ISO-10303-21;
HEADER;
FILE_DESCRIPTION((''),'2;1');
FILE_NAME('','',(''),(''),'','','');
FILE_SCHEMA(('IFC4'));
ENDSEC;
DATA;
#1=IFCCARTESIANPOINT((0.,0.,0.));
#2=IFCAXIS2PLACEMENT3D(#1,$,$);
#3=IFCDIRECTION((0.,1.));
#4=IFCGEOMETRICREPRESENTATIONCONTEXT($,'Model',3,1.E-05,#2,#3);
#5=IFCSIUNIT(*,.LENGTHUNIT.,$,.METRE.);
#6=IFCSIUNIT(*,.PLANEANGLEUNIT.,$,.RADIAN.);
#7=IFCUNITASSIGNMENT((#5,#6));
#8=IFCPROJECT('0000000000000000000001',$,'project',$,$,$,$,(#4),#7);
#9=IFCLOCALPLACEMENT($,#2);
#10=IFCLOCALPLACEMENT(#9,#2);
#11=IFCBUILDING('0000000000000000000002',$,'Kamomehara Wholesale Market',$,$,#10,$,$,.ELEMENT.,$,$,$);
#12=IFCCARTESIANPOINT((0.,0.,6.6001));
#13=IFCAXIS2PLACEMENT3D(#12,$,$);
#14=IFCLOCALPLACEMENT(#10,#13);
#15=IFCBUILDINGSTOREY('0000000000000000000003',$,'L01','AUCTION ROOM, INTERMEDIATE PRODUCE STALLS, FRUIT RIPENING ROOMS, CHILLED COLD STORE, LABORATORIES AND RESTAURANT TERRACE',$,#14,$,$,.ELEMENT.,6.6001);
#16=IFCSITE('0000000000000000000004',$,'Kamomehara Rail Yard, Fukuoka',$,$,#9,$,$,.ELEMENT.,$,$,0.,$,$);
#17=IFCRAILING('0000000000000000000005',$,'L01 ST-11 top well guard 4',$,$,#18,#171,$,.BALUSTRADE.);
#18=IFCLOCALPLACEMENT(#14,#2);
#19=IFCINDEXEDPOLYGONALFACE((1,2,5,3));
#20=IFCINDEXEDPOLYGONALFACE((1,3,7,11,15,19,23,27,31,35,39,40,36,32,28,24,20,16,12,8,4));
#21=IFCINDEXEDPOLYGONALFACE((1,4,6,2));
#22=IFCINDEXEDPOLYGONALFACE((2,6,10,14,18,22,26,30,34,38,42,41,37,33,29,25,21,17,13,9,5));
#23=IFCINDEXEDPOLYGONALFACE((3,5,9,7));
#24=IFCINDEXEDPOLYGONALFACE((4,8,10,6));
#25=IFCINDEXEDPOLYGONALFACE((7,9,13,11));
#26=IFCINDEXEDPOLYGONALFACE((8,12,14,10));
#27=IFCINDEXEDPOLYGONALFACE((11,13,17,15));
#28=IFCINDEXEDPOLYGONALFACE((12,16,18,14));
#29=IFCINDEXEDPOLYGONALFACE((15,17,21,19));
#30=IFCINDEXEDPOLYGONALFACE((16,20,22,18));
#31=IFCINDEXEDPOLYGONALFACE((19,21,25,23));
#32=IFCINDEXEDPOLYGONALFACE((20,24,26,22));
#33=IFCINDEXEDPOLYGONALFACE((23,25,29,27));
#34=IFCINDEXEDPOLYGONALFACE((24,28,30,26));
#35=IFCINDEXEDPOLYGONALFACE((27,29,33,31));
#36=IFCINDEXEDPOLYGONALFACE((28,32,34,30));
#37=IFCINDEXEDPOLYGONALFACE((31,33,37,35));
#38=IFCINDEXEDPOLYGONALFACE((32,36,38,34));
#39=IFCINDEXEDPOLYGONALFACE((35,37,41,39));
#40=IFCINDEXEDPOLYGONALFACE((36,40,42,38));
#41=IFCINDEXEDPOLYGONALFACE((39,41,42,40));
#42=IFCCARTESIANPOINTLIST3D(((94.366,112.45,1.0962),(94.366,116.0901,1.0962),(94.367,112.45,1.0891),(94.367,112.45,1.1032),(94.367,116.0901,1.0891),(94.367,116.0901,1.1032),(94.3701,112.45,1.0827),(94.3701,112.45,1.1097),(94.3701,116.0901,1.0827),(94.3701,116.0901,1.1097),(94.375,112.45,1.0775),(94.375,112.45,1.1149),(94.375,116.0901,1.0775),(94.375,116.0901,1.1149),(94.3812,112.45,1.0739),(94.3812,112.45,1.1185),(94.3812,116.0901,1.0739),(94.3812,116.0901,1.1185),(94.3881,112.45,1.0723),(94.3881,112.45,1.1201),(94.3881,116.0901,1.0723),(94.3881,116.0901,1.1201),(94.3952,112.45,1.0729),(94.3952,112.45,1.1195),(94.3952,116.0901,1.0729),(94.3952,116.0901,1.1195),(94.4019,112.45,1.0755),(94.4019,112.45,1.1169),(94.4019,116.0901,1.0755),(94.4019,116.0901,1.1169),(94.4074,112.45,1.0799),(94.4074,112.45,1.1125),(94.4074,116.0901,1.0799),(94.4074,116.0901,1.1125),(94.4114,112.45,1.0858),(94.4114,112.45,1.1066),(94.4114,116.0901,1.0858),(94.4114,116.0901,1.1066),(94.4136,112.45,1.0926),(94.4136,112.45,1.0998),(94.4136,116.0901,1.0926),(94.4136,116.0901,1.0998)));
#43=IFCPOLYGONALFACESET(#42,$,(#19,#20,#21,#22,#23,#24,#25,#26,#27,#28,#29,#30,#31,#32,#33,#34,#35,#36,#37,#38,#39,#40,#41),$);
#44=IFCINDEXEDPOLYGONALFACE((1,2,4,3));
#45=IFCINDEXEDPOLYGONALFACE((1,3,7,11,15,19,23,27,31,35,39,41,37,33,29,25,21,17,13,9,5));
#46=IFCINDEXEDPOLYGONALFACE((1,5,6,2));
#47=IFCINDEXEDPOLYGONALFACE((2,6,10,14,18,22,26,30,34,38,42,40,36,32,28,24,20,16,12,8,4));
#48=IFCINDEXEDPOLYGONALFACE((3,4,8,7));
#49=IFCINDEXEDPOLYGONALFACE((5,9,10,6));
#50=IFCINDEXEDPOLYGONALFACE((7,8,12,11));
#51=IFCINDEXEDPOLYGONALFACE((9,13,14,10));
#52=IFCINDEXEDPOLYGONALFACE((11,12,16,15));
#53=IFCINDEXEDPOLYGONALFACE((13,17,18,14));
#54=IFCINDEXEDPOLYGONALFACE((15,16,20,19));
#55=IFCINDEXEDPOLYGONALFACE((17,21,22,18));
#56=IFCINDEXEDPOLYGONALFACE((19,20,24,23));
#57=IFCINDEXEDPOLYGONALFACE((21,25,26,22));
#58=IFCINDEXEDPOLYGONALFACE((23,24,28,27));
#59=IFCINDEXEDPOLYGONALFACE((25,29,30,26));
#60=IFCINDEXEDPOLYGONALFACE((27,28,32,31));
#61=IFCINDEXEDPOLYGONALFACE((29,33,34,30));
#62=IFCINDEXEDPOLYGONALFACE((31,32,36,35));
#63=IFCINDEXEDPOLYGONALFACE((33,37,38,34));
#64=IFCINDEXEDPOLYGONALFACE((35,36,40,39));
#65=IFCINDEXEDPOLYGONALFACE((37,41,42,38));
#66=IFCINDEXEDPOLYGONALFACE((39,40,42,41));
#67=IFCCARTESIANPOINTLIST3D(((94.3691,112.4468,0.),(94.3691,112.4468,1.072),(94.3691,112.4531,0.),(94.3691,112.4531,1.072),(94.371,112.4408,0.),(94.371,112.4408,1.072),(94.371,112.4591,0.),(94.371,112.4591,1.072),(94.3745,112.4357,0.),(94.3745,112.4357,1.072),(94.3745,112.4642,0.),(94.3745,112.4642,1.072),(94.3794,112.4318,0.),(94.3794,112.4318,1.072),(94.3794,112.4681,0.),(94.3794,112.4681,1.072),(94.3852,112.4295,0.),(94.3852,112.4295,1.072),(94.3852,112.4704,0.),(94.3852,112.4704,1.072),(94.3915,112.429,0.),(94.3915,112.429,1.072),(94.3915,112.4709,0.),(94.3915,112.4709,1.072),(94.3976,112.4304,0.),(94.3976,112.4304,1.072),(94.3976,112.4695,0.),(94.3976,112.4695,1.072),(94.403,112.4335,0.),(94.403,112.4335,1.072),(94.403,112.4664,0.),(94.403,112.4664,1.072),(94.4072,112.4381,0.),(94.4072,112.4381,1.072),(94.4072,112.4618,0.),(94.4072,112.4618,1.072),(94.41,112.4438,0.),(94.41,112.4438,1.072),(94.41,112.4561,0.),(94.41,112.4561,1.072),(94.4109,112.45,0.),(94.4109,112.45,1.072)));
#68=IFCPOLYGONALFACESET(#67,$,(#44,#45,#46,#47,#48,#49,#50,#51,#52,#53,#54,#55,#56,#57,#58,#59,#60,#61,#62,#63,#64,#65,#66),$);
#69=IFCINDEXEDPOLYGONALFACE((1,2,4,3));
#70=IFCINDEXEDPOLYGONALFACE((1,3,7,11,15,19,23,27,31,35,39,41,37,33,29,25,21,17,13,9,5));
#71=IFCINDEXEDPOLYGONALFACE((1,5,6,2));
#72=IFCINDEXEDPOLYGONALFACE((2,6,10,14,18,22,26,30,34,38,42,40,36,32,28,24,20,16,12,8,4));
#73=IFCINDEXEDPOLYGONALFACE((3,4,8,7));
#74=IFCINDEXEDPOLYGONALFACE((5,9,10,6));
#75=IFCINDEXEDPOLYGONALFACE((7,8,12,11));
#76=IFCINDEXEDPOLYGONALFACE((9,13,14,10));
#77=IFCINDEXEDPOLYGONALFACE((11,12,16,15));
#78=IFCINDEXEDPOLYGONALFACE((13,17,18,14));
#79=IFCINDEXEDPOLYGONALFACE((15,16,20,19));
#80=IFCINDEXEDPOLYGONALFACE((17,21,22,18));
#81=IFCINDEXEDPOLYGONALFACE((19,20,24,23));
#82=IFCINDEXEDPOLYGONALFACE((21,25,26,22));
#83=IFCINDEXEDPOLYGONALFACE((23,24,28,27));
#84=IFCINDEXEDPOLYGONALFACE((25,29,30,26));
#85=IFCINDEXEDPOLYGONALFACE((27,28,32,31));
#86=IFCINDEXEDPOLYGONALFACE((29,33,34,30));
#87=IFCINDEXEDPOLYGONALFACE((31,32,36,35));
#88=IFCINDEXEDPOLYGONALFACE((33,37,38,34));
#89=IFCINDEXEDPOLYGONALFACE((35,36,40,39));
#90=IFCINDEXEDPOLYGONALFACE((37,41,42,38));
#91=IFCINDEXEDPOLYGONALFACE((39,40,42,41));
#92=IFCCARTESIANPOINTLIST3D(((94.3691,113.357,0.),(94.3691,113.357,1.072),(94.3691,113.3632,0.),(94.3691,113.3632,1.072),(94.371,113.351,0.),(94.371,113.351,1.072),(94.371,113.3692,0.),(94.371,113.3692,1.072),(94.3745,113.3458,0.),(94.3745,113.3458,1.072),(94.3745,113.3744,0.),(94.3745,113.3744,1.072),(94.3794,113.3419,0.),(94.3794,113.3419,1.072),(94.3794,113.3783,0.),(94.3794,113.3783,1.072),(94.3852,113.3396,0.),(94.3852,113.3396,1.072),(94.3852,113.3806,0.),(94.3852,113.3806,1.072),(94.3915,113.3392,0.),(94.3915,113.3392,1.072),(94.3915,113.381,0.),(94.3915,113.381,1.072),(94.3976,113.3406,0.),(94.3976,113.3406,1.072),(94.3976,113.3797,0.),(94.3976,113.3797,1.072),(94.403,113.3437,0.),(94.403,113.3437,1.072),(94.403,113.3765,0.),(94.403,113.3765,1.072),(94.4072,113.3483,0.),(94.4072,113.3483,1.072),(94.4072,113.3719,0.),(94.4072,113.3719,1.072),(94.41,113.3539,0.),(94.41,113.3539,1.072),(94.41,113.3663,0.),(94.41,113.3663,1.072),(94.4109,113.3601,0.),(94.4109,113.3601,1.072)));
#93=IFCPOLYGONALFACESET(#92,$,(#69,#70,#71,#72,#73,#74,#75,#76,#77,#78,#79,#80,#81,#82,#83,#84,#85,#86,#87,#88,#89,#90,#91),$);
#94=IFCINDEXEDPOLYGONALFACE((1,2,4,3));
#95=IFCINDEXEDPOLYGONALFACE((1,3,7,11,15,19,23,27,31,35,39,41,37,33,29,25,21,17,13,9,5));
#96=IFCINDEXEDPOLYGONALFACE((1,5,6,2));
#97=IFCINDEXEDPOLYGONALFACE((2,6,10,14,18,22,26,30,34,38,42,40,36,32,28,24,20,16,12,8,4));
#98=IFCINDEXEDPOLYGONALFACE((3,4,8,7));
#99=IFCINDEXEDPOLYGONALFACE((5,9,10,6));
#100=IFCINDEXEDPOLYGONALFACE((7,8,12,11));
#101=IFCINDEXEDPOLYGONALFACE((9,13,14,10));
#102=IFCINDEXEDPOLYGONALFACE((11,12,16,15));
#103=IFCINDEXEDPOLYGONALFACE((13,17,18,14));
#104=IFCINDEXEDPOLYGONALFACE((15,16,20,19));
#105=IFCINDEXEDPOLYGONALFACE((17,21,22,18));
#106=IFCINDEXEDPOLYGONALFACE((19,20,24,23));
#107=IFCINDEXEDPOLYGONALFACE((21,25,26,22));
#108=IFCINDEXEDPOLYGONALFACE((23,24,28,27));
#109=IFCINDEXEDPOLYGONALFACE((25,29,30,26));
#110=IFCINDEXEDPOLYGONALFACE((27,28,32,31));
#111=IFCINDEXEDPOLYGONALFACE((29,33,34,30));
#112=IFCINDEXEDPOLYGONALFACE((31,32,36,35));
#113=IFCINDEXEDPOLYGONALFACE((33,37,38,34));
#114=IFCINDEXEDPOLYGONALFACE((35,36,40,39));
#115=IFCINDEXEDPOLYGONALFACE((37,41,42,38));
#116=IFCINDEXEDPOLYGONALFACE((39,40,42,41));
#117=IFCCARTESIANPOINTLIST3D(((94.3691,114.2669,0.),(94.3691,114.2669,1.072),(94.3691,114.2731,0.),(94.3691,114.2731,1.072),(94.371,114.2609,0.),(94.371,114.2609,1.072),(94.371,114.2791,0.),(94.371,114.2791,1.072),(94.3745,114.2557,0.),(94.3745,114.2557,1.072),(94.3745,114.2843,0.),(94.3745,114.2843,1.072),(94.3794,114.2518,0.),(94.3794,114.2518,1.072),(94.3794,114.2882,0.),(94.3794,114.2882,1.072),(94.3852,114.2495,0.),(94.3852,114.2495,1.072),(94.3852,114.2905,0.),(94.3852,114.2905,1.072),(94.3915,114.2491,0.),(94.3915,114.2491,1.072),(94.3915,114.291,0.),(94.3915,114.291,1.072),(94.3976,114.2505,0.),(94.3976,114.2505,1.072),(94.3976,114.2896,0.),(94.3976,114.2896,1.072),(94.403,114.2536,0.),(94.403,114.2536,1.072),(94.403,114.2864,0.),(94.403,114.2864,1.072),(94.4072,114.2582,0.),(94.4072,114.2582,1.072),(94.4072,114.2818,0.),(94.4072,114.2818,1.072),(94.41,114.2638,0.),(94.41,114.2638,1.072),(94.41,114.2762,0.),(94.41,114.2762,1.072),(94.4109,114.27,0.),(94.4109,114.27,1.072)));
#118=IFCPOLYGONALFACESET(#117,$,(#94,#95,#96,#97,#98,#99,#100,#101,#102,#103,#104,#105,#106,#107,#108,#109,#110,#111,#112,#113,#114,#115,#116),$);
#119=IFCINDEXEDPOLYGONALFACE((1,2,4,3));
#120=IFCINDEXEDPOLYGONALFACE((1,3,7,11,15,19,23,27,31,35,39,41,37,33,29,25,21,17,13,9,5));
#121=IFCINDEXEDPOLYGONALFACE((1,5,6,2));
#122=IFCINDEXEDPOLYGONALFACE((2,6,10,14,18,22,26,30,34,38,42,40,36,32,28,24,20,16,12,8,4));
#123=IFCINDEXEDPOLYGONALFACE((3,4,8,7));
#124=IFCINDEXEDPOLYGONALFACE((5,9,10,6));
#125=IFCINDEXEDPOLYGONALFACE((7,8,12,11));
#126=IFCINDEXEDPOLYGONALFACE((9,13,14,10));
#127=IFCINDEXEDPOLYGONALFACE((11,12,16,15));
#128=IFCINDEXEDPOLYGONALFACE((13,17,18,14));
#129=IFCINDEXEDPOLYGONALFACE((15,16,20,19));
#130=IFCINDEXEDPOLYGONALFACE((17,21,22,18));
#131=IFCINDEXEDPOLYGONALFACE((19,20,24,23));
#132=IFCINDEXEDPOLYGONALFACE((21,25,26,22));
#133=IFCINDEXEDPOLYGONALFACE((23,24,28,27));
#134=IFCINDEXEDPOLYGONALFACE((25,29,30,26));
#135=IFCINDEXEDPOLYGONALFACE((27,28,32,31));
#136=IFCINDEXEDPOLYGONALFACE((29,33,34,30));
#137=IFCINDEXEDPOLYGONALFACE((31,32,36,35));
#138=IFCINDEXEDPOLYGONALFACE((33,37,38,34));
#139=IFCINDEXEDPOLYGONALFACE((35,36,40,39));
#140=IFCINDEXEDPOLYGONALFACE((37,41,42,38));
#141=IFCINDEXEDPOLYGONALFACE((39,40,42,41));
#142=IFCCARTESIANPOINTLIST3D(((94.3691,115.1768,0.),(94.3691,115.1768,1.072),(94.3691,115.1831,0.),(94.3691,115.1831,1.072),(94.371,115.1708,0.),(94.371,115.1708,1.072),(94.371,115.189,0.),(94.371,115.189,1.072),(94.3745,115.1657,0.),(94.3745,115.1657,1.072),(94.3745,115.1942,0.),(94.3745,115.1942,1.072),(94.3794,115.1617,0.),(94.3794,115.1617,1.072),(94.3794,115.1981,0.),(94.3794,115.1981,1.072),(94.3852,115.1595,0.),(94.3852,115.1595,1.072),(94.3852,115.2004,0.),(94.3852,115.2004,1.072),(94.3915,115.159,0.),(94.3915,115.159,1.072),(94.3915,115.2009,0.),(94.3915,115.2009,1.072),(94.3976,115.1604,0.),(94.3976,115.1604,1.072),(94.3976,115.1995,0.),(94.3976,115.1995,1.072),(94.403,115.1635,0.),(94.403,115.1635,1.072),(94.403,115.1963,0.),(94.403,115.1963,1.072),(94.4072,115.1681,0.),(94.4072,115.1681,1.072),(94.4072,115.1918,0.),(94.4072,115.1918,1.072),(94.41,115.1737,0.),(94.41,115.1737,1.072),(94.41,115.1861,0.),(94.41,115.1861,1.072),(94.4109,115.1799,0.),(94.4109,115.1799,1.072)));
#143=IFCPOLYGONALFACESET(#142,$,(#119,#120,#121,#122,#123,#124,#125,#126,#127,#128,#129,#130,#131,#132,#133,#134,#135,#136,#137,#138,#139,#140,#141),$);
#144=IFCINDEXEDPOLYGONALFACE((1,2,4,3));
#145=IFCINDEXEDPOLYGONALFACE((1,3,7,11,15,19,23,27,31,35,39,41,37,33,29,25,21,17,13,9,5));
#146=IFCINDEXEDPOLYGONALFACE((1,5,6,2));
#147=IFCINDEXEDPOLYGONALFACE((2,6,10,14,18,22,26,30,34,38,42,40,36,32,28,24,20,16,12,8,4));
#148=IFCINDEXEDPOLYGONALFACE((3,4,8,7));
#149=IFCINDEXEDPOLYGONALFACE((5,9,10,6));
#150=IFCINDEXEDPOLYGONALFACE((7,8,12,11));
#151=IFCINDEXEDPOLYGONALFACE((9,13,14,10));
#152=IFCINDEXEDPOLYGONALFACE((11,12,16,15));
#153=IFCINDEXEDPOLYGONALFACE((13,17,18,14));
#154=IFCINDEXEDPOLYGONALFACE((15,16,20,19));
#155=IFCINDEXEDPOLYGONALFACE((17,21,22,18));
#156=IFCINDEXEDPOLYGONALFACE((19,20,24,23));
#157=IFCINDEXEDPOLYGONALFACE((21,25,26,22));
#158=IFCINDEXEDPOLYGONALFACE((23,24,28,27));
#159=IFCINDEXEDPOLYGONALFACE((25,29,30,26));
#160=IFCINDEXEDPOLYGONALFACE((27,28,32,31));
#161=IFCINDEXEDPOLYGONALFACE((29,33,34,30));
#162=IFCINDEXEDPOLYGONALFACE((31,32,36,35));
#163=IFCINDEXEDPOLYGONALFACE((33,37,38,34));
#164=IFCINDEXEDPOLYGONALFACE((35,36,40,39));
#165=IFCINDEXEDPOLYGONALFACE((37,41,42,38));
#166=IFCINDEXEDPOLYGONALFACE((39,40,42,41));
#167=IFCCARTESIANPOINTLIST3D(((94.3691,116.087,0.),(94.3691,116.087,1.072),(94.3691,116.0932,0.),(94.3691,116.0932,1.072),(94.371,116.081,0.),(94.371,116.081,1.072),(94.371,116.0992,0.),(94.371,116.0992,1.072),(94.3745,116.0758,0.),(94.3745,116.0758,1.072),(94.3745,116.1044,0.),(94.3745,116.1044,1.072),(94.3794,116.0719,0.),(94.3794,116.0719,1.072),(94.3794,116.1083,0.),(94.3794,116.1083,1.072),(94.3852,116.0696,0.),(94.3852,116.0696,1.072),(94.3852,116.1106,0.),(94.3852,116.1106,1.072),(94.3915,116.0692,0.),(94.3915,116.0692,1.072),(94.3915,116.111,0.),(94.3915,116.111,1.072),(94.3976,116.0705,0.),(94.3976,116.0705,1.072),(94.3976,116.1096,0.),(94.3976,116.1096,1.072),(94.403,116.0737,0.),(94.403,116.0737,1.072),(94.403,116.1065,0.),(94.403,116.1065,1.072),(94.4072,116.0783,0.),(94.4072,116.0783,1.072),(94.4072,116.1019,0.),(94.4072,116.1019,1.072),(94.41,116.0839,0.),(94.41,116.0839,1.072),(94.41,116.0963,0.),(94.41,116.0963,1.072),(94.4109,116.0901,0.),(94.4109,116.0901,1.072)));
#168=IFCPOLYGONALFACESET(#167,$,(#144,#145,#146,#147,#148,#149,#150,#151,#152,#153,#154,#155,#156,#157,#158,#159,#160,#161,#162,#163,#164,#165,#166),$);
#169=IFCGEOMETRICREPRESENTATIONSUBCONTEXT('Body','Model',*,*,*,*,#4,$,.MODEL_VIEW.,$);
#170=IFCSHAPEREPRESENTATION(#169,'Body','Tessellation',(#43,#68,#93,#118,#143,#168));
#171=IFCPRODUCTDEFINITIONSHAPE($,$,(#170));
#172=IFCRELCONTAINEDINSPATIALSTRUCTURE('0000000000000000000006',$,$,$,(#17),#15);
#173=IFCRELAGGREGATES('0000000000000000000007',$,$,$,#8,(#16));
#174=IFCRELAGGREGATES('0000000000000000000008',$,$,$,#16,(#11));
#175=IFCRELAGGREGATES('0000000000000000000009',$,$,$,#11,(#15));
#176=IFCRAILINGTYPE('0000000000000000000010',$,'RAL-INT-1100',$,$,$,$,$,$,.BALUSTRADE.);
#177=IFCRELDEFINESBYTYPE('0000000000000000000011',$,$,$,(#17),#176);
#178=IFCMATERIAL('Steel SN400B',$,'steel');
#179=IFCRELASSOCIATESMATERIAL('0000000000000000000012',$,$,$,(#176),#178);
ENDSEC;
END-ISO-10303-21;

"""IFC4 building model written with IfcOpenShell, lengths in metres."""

from ifc_helpers import new_model, si_unit, direction, frame, origin, origin_2d, place, context, subcontext, project, spatial, circle, extrude, material, type_object, element, save


model = new_model("IFC4")

# Units and contexts
model_context = context("Model", 3, precision=1e-05, world=origin(), true_north=direction((0.0, 1.0)))
body_context = subcontext(model_context, "Body", "Model", "MODEL_VIEW")
ifc_project = project(units=[si_unit("LENGTHUNIT", "METRE"), si_unit("PLANEANGLEUNIT", "RADIAN")], contexts=[model_context])

# Site, building, storey
site_placement = place(None, origin())
site = spatial("IfcSite", under=ifc_project, at=site_placement, Name="Kamomehara Rail Yard, Fukuoka", CompositionType="ELEMENT", RefElevation=0.0)
building_placement = place(site_placement, origin())
building = spatial("IfcBuilding", under=site, at=building_placement, Name="Kamomehara Wholesale Market", CompositionType="ELEMENT")
storey_placement = place(building_placement, frame((0.0, 0.0, 6.6001)))
storey = spatial("IfcBuildingStorey", under=building, at=storey_placement, Name="L01", Description="AUCTION ROOM, INTERMEDIATE PRODUCE STALLS, FRUIT RIPENING ROOMS, CHILLED COLD STORE, LABORATORIES AND RESTAURANT TERRACE", CompositionType="ELEMENT", Elevation=6.6001)

# Railing
ifc_material_1 = material(Name="Steel SN400B", Category="steel")
railing_type = type_object("IfcRailingType", Name="RAL-INT-1100", PredefinedType="BALUSTRADE", material=ifc_material_1)
railing_1_placement = place(storey_placement, frame((94.3899, 112.45, 0.0)))
element("IfcRailing", 1, at=railing_1_placement, inside=storey, type_object=railing_type, Name="L01 ST-11 top well guard 4", PredefinedType="BALUSTRADE", context=body_context, shape_type="SweptSolid", body=[
    extrude(circle(Radius=0.0239, at=origin_2d()), frame((0.0, 0.0, 1.0962), z_axis=(0.0, 1.0, 0.0), x_axis=(-1.0, 0.0, 0.0)), (0.0, 0.0, 1.0), 3.6401),
    extrude(circle(Radius=0.021, at=origin_2d()), origin(), (0.0, 0.0, 1.0), 1.072),
    extrude(circle(Radius=0.021, at=origin_2d()), frame((0.0, 0.9102, 0.0)), (0.0, 0.0, 1.0), 1.072),
    extrude(circle(Radius=0.021, at=origin_2d()), frame((0.0, 1.8201, 0.0)), (0.0, 0.0, 1.0), 1.072),
    extrude(circle(Radius=0.021, at=origin_2d()), frame((0.0, 2.73, 0.0)), (0.0, 0.0, 1.0), 1.072),
    extrude(circle(Radius=0.021, at=origin_2d()), frame((0.0, 3.6401, 0.0)), (0.0, 0.0, 1.0), 1.072),
])

save(model, "model.ifc")
